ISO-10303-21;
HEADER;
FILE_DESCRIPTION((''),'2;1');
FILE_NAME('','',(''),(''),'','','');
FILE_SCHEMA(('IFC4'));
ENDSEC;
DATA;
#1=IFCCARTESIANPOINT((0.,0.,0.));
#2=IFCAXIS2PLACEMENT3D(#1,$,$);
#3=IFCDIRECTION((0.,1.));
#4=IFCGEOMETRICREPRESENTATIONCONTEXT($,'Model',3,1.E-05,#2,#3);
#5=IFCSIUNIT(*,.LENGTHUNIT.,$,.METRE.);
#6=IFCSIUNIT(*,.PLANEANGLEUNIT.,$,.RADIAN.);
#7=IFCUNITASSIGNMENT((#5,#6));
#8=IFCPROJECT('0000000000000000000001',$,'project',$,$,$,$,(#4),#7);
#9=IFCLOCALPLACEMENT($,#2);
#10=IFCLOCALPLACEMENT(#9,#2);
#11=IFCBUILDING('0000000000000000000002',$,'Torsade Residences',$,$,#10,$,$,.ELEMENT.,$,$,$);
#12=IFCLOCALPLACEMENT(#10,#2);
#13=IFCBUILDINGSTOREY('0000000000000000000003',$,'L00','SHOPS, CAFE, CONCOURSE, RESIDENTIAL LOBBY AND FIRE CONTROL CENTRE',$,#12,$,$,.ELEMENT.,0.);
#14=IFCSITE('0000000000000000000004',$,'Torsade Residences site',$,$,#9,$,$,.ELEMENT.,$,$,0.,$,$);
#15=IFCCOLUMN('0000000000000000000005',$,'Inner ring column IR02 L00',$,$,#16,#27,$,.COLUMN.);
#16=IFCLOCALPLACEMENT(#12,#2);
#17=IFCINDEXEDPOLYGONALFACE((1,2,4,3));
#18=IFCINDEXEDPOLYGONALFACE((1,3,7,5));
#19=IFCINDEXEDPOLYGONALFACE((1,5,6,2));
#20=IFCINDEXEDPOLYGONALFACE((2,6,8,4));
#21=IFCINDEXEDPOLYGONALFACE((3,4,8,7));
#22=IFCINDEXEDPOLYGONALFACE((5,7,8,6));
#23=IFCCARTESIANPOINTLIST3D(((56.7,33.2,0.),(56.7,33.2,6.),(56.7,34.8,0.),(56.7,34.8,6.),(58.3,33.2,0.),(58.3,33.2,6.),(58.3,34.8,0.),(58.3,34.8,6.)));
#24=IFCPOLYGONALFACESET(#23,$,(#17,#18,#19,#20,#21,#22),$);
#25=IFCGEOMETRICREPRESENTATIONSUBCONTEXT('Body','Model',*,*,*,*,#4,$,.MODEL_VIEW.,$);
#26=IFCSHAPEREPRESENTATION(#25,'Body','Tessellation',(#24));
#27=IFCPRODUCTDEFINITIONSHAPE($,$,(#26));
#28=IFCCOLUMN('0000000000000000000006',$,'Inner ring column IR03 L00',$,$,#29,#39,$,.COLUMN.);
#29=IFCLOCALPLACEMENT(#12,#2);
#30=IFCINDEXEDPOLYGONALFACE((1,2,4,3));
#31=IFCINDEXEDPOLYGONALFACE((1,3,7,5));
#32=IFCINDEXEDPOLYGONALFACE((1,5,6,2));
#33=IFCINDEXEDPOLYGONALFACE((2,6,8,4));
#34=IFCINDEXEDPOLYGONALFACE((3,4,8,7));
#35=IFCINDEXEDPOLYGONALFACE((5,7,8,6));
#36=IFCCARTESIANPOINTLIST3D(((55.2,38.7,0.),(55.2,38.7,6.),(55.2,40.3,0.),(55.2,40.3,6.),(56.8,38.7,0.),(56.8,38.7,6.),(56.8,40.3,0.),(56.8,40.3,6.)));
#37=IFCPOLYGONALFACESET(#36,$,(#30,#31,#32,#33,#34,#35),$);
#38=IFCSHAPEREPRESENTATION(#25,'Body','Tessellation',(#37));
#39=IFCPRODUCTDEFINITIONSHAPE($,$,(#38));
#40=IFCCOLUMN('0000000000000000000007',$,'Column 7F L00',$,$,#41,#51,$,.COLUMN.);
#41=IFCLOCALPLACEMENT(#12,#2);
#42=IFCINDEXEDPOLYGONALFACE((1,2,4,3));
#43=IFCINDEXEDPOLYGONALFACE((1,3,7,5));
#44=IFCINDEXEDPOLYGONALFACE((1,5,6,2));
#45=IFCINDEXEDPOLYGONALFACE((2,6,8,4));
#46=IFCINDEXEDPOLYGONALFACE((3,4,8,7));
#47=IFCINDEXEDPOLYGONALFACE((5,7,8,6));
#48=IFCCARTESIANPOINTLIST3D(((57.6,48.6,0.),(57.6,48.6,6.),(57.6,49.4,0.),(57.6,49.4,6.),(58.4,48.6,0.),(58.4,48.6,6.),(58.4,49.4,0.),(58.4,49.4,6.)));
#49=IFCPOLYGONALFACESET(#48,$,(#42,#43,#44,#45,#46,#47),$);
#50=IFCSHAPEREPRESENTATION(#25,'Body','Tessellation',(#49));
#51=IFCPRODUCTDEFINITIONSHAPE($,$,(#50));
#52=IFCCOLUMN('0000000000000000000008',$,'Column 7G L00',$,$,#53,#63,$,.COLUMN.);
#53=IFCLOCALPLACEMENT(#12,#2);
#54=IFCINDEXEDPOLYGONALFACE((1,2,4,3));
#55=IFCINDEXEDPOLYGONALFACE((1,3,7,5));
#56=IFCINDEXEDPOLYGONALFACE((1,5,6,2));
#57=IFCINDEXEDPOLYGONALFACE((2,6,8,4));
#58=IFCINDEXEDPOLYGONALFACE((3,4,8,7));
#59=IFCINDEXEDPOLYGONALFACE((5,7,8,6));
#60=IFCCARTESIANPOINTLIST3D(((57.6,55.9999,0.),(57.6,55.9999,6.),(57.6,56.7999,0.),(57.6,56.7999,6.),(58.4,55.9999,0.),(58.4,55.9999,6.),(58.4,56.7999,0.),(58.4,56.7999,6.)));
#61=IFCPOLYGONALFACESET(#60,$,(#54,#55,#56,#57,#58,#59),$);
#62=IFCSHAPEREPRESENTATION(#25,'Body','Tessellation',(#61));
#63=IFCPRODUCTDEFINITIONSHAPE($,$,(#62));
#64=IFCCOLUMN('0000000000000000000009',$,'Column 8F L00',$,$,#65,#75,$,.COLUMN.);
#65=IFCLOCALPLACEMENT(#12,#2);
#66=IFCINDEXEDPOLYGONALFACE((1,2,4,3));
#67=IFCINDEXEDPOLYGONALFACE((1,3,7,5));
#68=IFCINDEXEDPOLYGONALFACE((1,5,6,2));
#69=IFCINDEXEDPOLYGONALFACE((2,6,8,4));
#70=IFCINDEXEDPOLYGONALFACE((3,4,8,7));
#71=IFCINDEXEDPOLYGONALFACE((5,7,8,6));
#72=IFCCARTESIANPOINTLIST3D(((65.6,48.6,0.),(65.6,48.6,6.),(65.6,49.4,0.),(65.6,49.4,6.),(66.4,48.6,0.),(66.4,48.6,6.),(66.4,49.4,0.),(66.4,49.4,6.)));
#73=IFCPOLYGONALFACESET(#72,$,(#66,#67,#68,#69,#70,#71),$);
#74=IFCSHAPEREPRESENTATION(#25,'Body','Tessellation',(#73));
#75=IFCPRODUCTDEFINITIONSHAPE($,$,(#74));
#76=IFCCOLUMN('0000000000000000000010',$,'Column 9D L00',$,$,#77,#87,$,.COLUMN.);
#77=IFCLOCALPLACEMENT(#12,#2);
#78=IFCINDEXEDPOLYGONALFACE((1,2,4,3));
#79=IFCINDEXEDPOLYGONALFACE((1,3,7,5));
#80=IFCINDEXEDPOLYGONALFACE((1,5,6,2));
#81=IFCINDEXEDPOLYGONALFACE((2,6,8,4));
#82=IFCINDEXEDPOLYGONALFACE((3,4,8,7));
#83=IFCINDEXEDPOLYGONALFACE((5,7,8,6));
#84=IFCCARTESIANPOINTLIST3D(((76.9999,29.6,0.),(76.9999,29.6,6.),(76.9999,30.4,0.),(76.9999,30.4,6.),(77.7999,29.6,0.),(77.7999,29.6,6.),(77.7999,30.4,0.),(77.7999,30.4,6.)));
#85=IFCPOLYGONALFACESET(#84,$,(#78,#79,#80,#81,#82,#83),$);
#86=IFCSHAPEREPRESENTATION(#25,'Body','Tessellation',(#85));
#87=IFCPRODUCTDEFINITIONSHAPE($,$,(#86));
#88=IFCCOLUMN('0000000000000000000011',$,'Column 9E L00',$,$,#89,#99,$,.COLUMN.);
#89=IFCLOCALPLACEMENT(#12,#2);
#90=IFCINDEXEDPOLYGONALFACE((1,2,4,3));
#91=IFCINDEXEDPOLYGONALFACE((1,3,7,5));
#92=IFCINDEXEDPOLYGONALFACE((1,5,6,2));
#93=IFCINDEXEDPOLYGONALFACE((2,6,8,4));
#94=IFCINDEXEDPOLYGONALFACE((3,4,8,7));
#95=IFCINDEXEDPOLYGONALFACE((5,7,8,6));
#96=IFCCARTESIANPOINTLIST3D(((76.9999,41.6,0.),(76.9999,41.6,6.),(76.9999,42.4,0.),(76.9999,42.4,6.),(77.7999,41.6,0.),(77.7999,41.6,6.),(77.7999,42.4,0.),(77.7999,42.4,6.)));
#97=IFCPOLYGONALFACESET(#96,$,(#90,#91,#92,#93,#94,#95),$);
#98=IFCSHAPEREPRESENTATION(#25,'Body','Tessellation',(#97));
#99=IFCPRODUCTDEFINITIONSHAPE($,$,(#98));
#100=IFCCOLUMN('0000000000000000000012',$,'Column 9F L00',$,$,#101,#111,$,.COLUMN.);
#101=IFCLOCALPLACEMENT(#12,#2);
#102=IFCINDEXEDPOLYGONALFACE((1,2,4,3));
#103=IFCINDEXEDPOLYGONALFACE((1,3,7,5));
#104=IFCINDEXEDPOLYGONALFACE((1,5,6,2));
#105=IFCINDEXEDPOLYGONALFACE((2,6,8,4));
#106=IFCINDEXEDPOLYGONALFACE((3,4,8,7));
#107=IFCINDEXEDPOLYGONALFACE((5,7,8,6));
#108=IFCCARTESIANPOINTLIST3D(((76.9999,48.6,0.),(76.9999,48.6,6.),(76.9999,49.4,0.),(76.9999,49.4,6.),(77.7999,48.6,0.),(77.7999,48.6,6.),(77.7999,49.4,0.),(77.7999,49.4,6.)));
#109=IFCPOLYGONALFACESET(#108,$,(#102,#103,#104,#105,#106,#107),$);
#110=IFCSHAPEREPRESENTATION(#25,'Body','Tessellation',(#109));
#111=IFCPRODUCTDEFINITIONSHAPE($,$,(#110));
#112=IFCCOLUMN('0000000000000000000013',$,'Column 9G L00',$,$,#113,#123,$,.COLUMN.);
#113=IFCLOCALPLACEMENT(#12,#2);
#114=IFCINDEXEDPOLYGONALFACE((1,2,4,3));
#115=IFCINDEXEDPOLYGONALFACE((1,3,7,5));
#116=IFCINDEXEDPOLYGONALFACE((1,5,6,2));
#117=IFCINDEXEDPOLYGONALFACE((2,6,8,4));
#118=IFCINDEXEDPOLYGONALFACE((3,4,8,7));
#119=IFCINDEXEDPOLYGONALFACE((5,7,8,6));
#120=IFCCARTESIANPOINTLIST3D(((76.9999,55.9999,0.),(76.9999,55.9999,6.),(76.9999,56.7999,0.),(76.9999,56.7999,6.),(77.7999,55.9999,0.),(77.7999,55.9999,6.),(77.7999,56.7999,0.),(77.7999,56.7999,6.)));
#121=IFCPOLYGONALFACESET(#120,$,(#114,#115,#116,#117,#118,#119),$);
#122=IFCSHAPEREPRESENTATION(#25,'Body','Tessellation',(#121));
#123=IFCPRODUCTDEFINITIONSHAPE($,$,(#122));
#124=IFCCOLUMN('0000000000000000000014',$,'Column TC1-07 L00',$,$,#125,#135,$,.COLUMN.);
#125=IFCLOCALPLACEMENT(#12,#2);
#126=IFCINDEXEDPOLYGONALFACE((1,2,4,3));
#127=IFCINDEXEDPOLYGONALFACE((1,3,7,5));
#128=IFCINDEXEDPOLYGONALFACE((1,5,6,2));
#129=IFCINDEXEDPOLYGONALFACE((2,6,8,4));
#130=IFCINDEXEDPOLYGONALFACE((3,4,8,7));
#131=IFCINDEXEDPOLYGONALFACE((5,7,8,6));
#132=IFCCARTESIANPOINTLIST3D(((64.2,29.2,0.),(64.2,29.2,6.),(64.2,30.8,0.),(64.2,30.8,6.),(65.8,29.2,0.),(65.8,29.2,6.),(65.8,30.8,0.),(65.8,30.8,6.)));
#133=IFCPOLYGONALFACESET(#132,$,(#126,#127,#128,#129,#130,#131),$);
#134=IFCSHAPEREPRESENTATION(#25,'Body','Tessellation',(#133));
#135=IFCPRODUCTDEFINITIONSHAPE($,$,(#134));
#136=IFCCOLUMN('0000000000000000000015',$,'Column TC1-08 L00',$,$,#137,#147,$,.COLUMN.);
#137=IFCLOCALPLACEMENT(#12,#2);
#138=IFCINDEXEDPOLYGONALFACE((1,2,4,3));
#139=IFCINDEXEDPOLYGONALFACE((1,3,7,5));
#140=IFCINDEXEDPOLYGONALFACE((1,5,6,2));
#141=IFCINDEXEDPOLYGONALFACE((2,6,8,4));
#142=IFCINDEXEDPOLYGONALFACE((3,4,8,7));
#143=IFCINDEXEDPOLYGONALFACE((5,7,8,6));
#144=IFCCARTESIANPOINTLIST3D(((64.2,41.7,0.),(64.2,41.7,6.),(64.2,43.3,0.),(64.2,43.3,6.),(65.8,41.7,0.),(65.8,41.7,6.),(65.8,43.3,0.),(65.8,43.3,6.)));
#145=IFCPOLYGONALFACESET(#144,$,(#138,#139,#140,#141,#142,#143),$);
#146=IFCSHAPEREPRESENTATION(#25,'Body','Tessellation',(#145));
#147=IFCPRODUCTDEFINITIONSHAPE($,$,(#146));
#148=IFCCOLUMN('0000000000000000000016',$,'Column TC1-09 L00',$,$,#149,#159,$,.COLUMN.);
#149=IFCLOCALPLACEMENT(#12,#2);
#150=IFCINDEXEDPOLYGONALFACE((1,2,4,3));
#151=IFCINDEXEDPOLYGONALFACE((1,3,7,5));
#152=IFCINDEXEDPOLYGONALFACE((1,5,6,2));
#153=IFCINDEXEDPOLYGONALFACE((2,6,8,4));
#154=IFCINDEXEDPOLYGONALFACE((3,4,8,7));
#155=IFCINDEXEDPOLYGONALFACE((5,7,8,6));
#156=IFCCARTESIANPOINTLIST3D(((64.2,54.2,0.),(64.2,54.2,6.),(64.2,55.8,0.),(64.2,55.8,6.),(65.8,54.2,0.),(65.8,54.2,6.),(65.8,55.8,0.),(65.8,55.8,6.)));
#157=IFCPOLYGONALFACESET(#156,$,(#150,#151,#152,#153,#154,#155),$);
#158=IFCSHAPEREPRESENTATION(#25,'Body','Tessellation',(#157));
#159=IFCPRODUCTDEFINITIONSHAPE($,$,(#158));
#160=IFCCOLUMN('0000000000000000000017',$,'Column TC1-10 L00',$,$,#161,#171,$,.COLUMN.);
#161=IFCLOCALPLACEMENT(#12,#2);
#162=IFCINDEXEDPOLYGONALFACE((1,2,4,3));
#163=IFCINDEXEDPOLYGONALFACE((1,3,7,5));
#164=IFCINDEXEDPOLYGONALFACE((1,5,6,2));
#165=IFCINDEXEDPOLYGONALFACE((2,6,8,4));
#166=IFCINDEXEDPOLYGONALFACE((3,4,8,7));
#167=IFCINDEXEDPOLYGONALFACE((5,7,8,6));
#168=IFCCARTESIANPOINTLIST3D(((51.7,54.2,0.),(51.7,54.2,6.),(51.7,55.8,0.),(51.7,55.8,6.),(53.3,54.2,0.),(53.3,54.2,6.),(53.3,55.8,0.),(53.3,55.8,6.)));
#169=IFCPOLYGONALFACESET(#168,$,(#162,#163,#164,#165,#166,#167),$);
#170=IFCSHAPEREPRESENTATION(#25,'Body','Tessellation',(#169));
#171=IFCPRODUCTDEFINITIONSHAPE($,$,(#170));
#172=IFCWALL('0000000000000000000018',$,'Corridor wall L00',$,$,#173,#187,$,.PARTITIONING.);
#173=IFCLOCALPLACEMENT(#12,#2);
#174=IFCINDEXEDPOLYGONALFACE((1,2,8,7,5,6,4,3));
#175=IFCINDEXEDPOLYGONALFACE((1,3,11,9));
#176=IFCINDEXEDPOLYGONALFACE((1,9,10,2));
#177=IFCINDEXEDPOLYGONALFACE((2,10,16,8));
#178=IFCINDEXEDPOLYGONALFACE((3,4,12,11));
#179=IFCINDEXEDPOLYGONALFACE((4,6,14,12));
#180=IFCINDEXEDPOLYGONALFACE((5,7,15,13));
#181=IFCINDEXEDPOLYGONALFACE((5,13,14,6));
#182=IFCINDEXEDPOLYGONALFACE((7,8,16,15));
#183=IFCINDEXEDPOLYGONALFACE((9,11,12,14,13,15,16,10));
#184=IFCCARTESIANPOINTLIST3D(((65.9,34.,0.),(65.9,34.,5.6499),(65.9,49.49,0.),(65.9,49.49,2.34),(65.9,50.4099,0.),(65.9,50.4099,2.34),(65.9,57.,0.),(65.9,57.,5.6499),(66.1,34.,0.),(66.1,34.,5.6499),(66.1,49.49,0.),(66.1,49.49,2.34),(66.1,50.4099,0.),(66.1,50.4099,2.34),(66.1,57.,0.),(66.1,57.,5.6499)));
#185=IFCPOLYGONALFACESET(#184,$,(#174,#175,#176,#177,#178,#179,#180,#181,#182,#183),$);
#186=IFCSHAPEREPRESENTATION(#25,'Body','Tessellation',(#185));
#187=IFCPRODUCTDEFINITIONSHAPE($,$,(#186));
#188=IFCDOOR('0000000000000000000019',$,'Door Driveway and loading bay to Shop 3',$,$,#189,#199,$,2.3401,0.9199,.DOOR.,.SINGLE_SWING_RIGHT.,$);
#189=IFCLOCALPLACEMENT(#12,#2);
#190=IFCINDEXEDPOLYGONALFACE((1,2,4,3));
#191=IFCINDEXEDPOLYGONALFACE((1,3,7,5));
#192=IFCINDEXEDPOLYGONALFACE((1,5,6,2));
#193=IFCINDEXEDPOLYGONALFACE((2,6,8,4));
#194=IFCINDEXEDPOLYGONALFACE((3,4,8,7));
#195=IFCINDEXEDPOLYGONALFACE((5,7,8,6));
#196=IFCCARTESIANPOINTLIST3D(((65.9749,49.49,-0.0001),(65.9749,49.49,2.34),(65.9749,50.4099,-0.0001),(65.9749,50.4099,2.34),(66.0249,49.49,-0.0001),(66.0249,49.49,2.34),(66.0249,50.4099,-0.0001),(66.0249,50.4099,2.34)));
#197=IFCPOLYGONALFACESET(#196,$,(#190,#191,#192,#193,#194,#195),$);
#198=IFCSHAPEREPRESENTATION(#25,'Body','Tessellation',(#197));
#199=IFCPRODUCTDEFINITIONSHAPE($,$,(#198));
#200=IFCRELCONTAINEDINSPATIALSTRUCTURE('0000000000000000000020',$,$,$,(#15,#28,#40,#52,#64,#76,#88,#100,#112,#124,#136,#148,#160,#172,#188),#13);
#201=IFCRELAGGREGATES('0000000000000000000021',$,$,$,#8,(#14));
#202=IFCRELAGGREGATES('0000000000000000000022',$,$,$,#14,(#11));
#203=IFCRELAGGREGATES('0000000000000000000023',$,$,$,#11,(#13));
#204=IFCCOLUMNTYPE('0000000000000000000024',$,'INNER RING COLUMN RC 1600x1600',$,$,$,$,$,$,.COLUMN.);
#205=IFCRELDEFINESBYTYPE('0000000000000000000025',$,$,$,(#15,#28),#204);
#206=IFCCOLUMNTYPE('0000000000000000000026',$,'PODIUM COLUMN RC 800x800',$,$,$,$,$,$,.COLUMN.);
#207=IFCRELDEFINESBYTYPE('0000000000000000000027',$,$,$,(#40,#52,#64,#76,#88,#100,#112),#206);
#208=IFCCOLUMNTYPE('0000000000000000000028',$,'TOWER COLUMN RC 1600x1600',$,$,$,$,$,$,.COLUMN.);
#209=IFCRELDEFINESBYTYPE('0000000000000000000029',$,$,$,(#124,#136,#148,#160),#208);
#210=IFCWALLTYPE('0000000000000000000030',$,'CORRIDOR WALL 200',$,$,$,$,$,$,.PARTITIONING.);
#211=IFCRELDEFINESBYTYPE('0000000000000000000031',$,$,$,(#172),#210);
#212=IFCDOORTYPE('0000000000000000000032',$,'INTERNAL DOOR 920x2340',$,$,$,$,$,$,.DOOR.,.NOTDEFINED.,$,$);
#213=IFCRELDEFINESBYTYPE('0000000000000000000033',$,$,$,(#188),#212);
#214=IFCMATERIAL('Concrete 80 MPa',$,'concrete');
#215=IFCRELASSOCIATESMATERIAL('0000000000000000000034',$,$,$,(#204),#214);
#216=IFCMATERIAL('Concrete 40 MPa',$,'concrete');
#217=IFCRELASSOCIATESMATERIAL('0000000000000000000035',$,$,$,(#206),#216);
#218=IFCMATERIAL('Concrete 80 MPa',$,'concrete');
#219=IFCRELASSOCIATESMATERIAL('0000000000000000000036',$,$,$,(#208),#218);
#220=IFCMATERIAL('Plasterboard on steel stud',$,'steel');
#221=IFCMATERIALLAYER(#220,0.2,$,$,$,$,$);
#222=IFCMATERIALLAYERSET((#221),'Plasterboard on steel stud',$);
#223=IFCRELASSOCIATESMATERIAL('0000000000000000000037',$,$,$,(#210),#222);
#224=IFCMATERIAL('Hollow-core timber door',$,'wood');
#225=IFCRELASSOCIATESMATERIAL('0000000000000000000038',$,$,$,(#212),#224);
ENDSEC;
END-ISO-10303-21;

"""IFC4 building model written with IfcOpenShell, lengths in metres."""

from ifc_helpers import new_model, si_unit, direction, frame, frame_2d, origin, origin_2d, place, context, subcontext, project, spatial, rectangle, extrude, material, layer, layer_set, material_profile, profile_set, type_object, element, fill, save


model = new_model("IFC4")

# Units and contexts
model_context = context("Model", 3, precision=1e-05, world=origin(), true_north=direction((0.0, 1.0)))
body_context = subcontext(model_context, "Body", "Model", "MODEL_VIEW")
ifc_project = project(units=[si_unit("LENGTHUNIT", "METRE"), si_unit("PLANEANGLEUNIT", "RADIAN")], contexts=[model_context])

# Site, building, storey
site_placement = place(None, origin())
site = spatial("IfcSite", under=ifc_project, at=site_placement, Name="Torsade Residences site", CompositionType="ELEMENT", RefElevation=0.0)
building_placement = place(site_placement, origin())
building = spatial("IfcBuilding", under=site, at=building_placement, Name="Torsade Residences", CompositionType="ELEMENT")
storey_placement = place(building_placement, origin())
storey = spatial("IfcBuildingStorey", under=building, at=storey_placement, Name="L00", Description="SHOPS, CAFE, CONCOURSE, RESIDENTIAL LOBBY AND FIRE CONTROL CENTRE", CompositionType="ELEMENT", Elevation=0.0)

# Columns
ifc_material_1 = material(Name="Concrete 80 MPa", Category="concrete")
ifc_material_profile_1 = material_profile(ifc_material_1, rectangle(XDim=1.6001, YDim=1.6001, at=origin_2d()), Name="RC 1600x1600")
ifc_profile_set_1 = profile_set([ifc_material_profile_1], Name="Concrete 80 MPa")
column_type_1 = type_object("IfcColumnType", Name="INNER RING COLUMN RC 1600x1600", PredefinedType="COLUMN", material=ifc_profile_set_1)
for number, where, z_axis, x_axis, name in (
    (1, (57.5, 34.0, 0.0), (0.0, 0.0, 1.0), (1.0, 0.0, 0.0), "Inner ring column IR02 L00"),
    (2, (56.0, 39.5, 0.0), (0.0, 0.0, 1.0), (1.0, 0.0, 0.0), "Inner ring column IR03 L00"),
):
    element("IfcColumn", number, at=place(storey_placement, frame(where, z_axis=z_axis, x_axis=x_axis)), inside=storey, type_object=column_type_1, Name=name, PredefinedType="COLUMN", context=body_context, shape_type="SweptSolid", body=[
        extrude(rectangle(XDim=1.6001, YDim=1.6001, at=origin_2d()), origin(), (0.0, 0.0, 1.0), 6.0),
    ])
ifc_material_2 = material(Name="Concrete 40 MPa", Category="concrete")
ifc_material_profile_2 = material_profile(ifc_material_2, rectangle(XDim=0.8, YDim=0.8, at=origin_2d()), Name="RC 800x800")
ifc_profile_set_2 = profile_set([ifc_material_profile_2], Name="Concrete 40 MPa")
column_type_2 = type_object("IfcColumnType", Name="PODIUM COLUMN RC 800x800", PredefinedType="COLUMN", material=ifc_profile_set_2)
for number, where, z_axis, x_axis, name in (
    (3, (58.0, 49.0, 0.0), (0.0, 0.0, 1.0), (1.0, 0.0, 0.0), "Column 7F L00"),
    (4, (58.0, 56.3999, 0.0), (0.0, 0.0, 1.0), (1.0, 0.0, 0.0), "Column 7G L00"),
    (5, (66.0, 49.0, 0.0), (0.0, 0.0, 1.0), (1.0, 0.0, 0.0), "Column 8F L00"),
    (6, (77.3999, 30.0, 0.0), (0.0, 0.0, 1.0), (1.0, 0.0, 0.0), "Column 9D L00"),
    (7, (77.3999, 42.0, 0.0), (0.0, 0.0, 1.0), (1.0, 0.0, 0.0), "Column 9E L00"),
    (8, (77.3999, 49.0, 0.0), (0.0, 0.0, 1.0), (1.0, 0.0, 0.0), "Column 9F L00"),
    (9, (77.3999, 56.3999, 0.0), (0.0, 0.0, 1.0), (1.0, 0.0, 0.0), "Column 9G L00"),
):
    element("IfcColumn", number, at=place(storey_placement, frame(where, z_axis=z_axis, x_axis=x_axis)), inside=storey, type_object=column_type_2, Name=name, PredefinedType="COLUMN", context=body_context, shape_type="SweptSolid", body=[
        extrude(rectangle(XDim=0.8, YDim=0.8, at=origin_2d()), origin(), (0.0, 0.0, 1.0), 6.0),
    ])
ifc_material_3 = material(Name="Concrete 80 MPa", Category="concrete")
ifc_material_profile_3 = material_profile(ifc_material_3, rectangle(XDim=1.6001, YDim=1.6001, at=origin_2d()), Name="RC 1600x1600")
ifc_profile_set_3 = profile_set([ifc_material_profile_3], Name="Concrete 80 MPa")
column_type_3 = type_object("IfcColumnType", Name="TOWER COLUMN RC 1600x1600", PredefinedType="COLUMN", material=ifc_profile_set_3)
for number, where, z_axis, x_axis, name in (
    (10, (65.0, 30.0, 0.0), (0.0, 0.0, 1.0), (1.0, 0.0, 0.0), "Column TC1-07 L00"),
    (11, (65.0, 42.5, 0.0), (0.0, 0.0, 1.0), (1.0, 0.0, 0.0), "Column TC1-08 L00"),
    (12, (65.0, 55.0, 0.0), (0.0, 0.0, 1.0), (1.0, 0.0, 0.0), "Column TC1-09 L00"),
    (13, (52.5, 55.0, 0.0), (0.0, 0.0, 1.0), (1.0, 0.0, 0.0), "Column TC1-10 L00"),
):
    element("IfcColumn", number, at=place(storey_placement, frame(where, z_axis=z_axis, x_axis=x_axis)), inside=storey, type_object=column_type_3, Name=name, PredefinedType="COLUMN", context=body_context, shape_type="SweptSolid", body=[
        extrude(rectangle(XDim=1.6001, YDim=1.6001, at=origin_2d()), origin(), (0.0, 0.0, 1.0), 6.0),
    ])

# Wall, opening, door
ifc_material_4 = material(Name="Plasterboard on steel stud", Category="steel")
ifc_layer_1 = layer(ifc_material_4, 0.2)
ifc_layer_set_1 = layer_set([ifc_layer_1], Name="Plasterboard on steel stud")
wall_type_1 = type_object("IfcWallType", Name="CORRIDOR WALL 200", PredefinedType="PARTITIONING", material=ifc_layer_set_1)
wall_1_placement = place(storey_placement, frame((66.0, 57.0, 0.0), z_axis=(0.0, 0.0, 1.0), x_axis=(0.0, -1.0, 0.0)))
wall_1 = element("IfcWall", 14, at=wall_1_placement, inside=storey, type_object=wall_type_1, Name="Corridor wall L00", PredefinedType="PARTITIONING", context=body_context, shape_type="SweptSolid", body=[
    extrude(rectangle(XDim=23.0, YDim=0.2, at=frame_2d((11.5, 0.0))), origin(), (0.0, 0.0, 1.0), 5.6499),
])
opening_1_placement = place(wall_1_placement, frame((6.5901, 0.0, 0.0)))
opening_1 = element("IfcOpeningElement", 15, at=opening_1_placement, cuts=wall_1, PredefinedType="OPENING", context=body_context, shape_type="SweptSolid", body=[
    extrude(rectangle(XDim=0.9199, YDim=2.3401, at=frame_2d((0.46, 1.1699))), frame((0.0, 0.1099, 0.0), z_axis=(0.0, -1.0, 0.0), x_axis=(1.0, 0.0, 0.0)), (0.0, 0.0, 1.0), 0.22),
])
ifc_material_5 = material(Name="Hollow-core timber door", Category="wood")
door_type_1 = type_object("IfcDoorType", Name="INTERNAL DOOR 920x2340", OperationType="NOTDEFINED", PredefinedType="DOOR", material=ifc_material_5)
door_1_placement = place(opening_1_placement, origin())
door_1 = element("IfcDoor", 16, at=door_1_placement, inside=storey, type_object=door_type_1, Name="Door Driveway and loading bay to Shop 3", OperationType="SINGLE_SWING_RIGHT", OverallHeight=2.3401, OverallWidth=0.9199, PredefinedType="DOOR", context=body_context, shape_type="SweptSolid", body=[
    extrude(rectangle(XDim=0.9199, YDim=2.3401, at=frame_2d((0.46, 1.1699))), frame((0.0, 0.0249, 0.0), z_axis=(0.0, -1.0, 0.0), x_axis=(1.0, 0.0, 0.0)), (0.0, 0.0, 1.0), 0.05),
])
fill(opening_1, door_1)

save(model, "model.ifc")
